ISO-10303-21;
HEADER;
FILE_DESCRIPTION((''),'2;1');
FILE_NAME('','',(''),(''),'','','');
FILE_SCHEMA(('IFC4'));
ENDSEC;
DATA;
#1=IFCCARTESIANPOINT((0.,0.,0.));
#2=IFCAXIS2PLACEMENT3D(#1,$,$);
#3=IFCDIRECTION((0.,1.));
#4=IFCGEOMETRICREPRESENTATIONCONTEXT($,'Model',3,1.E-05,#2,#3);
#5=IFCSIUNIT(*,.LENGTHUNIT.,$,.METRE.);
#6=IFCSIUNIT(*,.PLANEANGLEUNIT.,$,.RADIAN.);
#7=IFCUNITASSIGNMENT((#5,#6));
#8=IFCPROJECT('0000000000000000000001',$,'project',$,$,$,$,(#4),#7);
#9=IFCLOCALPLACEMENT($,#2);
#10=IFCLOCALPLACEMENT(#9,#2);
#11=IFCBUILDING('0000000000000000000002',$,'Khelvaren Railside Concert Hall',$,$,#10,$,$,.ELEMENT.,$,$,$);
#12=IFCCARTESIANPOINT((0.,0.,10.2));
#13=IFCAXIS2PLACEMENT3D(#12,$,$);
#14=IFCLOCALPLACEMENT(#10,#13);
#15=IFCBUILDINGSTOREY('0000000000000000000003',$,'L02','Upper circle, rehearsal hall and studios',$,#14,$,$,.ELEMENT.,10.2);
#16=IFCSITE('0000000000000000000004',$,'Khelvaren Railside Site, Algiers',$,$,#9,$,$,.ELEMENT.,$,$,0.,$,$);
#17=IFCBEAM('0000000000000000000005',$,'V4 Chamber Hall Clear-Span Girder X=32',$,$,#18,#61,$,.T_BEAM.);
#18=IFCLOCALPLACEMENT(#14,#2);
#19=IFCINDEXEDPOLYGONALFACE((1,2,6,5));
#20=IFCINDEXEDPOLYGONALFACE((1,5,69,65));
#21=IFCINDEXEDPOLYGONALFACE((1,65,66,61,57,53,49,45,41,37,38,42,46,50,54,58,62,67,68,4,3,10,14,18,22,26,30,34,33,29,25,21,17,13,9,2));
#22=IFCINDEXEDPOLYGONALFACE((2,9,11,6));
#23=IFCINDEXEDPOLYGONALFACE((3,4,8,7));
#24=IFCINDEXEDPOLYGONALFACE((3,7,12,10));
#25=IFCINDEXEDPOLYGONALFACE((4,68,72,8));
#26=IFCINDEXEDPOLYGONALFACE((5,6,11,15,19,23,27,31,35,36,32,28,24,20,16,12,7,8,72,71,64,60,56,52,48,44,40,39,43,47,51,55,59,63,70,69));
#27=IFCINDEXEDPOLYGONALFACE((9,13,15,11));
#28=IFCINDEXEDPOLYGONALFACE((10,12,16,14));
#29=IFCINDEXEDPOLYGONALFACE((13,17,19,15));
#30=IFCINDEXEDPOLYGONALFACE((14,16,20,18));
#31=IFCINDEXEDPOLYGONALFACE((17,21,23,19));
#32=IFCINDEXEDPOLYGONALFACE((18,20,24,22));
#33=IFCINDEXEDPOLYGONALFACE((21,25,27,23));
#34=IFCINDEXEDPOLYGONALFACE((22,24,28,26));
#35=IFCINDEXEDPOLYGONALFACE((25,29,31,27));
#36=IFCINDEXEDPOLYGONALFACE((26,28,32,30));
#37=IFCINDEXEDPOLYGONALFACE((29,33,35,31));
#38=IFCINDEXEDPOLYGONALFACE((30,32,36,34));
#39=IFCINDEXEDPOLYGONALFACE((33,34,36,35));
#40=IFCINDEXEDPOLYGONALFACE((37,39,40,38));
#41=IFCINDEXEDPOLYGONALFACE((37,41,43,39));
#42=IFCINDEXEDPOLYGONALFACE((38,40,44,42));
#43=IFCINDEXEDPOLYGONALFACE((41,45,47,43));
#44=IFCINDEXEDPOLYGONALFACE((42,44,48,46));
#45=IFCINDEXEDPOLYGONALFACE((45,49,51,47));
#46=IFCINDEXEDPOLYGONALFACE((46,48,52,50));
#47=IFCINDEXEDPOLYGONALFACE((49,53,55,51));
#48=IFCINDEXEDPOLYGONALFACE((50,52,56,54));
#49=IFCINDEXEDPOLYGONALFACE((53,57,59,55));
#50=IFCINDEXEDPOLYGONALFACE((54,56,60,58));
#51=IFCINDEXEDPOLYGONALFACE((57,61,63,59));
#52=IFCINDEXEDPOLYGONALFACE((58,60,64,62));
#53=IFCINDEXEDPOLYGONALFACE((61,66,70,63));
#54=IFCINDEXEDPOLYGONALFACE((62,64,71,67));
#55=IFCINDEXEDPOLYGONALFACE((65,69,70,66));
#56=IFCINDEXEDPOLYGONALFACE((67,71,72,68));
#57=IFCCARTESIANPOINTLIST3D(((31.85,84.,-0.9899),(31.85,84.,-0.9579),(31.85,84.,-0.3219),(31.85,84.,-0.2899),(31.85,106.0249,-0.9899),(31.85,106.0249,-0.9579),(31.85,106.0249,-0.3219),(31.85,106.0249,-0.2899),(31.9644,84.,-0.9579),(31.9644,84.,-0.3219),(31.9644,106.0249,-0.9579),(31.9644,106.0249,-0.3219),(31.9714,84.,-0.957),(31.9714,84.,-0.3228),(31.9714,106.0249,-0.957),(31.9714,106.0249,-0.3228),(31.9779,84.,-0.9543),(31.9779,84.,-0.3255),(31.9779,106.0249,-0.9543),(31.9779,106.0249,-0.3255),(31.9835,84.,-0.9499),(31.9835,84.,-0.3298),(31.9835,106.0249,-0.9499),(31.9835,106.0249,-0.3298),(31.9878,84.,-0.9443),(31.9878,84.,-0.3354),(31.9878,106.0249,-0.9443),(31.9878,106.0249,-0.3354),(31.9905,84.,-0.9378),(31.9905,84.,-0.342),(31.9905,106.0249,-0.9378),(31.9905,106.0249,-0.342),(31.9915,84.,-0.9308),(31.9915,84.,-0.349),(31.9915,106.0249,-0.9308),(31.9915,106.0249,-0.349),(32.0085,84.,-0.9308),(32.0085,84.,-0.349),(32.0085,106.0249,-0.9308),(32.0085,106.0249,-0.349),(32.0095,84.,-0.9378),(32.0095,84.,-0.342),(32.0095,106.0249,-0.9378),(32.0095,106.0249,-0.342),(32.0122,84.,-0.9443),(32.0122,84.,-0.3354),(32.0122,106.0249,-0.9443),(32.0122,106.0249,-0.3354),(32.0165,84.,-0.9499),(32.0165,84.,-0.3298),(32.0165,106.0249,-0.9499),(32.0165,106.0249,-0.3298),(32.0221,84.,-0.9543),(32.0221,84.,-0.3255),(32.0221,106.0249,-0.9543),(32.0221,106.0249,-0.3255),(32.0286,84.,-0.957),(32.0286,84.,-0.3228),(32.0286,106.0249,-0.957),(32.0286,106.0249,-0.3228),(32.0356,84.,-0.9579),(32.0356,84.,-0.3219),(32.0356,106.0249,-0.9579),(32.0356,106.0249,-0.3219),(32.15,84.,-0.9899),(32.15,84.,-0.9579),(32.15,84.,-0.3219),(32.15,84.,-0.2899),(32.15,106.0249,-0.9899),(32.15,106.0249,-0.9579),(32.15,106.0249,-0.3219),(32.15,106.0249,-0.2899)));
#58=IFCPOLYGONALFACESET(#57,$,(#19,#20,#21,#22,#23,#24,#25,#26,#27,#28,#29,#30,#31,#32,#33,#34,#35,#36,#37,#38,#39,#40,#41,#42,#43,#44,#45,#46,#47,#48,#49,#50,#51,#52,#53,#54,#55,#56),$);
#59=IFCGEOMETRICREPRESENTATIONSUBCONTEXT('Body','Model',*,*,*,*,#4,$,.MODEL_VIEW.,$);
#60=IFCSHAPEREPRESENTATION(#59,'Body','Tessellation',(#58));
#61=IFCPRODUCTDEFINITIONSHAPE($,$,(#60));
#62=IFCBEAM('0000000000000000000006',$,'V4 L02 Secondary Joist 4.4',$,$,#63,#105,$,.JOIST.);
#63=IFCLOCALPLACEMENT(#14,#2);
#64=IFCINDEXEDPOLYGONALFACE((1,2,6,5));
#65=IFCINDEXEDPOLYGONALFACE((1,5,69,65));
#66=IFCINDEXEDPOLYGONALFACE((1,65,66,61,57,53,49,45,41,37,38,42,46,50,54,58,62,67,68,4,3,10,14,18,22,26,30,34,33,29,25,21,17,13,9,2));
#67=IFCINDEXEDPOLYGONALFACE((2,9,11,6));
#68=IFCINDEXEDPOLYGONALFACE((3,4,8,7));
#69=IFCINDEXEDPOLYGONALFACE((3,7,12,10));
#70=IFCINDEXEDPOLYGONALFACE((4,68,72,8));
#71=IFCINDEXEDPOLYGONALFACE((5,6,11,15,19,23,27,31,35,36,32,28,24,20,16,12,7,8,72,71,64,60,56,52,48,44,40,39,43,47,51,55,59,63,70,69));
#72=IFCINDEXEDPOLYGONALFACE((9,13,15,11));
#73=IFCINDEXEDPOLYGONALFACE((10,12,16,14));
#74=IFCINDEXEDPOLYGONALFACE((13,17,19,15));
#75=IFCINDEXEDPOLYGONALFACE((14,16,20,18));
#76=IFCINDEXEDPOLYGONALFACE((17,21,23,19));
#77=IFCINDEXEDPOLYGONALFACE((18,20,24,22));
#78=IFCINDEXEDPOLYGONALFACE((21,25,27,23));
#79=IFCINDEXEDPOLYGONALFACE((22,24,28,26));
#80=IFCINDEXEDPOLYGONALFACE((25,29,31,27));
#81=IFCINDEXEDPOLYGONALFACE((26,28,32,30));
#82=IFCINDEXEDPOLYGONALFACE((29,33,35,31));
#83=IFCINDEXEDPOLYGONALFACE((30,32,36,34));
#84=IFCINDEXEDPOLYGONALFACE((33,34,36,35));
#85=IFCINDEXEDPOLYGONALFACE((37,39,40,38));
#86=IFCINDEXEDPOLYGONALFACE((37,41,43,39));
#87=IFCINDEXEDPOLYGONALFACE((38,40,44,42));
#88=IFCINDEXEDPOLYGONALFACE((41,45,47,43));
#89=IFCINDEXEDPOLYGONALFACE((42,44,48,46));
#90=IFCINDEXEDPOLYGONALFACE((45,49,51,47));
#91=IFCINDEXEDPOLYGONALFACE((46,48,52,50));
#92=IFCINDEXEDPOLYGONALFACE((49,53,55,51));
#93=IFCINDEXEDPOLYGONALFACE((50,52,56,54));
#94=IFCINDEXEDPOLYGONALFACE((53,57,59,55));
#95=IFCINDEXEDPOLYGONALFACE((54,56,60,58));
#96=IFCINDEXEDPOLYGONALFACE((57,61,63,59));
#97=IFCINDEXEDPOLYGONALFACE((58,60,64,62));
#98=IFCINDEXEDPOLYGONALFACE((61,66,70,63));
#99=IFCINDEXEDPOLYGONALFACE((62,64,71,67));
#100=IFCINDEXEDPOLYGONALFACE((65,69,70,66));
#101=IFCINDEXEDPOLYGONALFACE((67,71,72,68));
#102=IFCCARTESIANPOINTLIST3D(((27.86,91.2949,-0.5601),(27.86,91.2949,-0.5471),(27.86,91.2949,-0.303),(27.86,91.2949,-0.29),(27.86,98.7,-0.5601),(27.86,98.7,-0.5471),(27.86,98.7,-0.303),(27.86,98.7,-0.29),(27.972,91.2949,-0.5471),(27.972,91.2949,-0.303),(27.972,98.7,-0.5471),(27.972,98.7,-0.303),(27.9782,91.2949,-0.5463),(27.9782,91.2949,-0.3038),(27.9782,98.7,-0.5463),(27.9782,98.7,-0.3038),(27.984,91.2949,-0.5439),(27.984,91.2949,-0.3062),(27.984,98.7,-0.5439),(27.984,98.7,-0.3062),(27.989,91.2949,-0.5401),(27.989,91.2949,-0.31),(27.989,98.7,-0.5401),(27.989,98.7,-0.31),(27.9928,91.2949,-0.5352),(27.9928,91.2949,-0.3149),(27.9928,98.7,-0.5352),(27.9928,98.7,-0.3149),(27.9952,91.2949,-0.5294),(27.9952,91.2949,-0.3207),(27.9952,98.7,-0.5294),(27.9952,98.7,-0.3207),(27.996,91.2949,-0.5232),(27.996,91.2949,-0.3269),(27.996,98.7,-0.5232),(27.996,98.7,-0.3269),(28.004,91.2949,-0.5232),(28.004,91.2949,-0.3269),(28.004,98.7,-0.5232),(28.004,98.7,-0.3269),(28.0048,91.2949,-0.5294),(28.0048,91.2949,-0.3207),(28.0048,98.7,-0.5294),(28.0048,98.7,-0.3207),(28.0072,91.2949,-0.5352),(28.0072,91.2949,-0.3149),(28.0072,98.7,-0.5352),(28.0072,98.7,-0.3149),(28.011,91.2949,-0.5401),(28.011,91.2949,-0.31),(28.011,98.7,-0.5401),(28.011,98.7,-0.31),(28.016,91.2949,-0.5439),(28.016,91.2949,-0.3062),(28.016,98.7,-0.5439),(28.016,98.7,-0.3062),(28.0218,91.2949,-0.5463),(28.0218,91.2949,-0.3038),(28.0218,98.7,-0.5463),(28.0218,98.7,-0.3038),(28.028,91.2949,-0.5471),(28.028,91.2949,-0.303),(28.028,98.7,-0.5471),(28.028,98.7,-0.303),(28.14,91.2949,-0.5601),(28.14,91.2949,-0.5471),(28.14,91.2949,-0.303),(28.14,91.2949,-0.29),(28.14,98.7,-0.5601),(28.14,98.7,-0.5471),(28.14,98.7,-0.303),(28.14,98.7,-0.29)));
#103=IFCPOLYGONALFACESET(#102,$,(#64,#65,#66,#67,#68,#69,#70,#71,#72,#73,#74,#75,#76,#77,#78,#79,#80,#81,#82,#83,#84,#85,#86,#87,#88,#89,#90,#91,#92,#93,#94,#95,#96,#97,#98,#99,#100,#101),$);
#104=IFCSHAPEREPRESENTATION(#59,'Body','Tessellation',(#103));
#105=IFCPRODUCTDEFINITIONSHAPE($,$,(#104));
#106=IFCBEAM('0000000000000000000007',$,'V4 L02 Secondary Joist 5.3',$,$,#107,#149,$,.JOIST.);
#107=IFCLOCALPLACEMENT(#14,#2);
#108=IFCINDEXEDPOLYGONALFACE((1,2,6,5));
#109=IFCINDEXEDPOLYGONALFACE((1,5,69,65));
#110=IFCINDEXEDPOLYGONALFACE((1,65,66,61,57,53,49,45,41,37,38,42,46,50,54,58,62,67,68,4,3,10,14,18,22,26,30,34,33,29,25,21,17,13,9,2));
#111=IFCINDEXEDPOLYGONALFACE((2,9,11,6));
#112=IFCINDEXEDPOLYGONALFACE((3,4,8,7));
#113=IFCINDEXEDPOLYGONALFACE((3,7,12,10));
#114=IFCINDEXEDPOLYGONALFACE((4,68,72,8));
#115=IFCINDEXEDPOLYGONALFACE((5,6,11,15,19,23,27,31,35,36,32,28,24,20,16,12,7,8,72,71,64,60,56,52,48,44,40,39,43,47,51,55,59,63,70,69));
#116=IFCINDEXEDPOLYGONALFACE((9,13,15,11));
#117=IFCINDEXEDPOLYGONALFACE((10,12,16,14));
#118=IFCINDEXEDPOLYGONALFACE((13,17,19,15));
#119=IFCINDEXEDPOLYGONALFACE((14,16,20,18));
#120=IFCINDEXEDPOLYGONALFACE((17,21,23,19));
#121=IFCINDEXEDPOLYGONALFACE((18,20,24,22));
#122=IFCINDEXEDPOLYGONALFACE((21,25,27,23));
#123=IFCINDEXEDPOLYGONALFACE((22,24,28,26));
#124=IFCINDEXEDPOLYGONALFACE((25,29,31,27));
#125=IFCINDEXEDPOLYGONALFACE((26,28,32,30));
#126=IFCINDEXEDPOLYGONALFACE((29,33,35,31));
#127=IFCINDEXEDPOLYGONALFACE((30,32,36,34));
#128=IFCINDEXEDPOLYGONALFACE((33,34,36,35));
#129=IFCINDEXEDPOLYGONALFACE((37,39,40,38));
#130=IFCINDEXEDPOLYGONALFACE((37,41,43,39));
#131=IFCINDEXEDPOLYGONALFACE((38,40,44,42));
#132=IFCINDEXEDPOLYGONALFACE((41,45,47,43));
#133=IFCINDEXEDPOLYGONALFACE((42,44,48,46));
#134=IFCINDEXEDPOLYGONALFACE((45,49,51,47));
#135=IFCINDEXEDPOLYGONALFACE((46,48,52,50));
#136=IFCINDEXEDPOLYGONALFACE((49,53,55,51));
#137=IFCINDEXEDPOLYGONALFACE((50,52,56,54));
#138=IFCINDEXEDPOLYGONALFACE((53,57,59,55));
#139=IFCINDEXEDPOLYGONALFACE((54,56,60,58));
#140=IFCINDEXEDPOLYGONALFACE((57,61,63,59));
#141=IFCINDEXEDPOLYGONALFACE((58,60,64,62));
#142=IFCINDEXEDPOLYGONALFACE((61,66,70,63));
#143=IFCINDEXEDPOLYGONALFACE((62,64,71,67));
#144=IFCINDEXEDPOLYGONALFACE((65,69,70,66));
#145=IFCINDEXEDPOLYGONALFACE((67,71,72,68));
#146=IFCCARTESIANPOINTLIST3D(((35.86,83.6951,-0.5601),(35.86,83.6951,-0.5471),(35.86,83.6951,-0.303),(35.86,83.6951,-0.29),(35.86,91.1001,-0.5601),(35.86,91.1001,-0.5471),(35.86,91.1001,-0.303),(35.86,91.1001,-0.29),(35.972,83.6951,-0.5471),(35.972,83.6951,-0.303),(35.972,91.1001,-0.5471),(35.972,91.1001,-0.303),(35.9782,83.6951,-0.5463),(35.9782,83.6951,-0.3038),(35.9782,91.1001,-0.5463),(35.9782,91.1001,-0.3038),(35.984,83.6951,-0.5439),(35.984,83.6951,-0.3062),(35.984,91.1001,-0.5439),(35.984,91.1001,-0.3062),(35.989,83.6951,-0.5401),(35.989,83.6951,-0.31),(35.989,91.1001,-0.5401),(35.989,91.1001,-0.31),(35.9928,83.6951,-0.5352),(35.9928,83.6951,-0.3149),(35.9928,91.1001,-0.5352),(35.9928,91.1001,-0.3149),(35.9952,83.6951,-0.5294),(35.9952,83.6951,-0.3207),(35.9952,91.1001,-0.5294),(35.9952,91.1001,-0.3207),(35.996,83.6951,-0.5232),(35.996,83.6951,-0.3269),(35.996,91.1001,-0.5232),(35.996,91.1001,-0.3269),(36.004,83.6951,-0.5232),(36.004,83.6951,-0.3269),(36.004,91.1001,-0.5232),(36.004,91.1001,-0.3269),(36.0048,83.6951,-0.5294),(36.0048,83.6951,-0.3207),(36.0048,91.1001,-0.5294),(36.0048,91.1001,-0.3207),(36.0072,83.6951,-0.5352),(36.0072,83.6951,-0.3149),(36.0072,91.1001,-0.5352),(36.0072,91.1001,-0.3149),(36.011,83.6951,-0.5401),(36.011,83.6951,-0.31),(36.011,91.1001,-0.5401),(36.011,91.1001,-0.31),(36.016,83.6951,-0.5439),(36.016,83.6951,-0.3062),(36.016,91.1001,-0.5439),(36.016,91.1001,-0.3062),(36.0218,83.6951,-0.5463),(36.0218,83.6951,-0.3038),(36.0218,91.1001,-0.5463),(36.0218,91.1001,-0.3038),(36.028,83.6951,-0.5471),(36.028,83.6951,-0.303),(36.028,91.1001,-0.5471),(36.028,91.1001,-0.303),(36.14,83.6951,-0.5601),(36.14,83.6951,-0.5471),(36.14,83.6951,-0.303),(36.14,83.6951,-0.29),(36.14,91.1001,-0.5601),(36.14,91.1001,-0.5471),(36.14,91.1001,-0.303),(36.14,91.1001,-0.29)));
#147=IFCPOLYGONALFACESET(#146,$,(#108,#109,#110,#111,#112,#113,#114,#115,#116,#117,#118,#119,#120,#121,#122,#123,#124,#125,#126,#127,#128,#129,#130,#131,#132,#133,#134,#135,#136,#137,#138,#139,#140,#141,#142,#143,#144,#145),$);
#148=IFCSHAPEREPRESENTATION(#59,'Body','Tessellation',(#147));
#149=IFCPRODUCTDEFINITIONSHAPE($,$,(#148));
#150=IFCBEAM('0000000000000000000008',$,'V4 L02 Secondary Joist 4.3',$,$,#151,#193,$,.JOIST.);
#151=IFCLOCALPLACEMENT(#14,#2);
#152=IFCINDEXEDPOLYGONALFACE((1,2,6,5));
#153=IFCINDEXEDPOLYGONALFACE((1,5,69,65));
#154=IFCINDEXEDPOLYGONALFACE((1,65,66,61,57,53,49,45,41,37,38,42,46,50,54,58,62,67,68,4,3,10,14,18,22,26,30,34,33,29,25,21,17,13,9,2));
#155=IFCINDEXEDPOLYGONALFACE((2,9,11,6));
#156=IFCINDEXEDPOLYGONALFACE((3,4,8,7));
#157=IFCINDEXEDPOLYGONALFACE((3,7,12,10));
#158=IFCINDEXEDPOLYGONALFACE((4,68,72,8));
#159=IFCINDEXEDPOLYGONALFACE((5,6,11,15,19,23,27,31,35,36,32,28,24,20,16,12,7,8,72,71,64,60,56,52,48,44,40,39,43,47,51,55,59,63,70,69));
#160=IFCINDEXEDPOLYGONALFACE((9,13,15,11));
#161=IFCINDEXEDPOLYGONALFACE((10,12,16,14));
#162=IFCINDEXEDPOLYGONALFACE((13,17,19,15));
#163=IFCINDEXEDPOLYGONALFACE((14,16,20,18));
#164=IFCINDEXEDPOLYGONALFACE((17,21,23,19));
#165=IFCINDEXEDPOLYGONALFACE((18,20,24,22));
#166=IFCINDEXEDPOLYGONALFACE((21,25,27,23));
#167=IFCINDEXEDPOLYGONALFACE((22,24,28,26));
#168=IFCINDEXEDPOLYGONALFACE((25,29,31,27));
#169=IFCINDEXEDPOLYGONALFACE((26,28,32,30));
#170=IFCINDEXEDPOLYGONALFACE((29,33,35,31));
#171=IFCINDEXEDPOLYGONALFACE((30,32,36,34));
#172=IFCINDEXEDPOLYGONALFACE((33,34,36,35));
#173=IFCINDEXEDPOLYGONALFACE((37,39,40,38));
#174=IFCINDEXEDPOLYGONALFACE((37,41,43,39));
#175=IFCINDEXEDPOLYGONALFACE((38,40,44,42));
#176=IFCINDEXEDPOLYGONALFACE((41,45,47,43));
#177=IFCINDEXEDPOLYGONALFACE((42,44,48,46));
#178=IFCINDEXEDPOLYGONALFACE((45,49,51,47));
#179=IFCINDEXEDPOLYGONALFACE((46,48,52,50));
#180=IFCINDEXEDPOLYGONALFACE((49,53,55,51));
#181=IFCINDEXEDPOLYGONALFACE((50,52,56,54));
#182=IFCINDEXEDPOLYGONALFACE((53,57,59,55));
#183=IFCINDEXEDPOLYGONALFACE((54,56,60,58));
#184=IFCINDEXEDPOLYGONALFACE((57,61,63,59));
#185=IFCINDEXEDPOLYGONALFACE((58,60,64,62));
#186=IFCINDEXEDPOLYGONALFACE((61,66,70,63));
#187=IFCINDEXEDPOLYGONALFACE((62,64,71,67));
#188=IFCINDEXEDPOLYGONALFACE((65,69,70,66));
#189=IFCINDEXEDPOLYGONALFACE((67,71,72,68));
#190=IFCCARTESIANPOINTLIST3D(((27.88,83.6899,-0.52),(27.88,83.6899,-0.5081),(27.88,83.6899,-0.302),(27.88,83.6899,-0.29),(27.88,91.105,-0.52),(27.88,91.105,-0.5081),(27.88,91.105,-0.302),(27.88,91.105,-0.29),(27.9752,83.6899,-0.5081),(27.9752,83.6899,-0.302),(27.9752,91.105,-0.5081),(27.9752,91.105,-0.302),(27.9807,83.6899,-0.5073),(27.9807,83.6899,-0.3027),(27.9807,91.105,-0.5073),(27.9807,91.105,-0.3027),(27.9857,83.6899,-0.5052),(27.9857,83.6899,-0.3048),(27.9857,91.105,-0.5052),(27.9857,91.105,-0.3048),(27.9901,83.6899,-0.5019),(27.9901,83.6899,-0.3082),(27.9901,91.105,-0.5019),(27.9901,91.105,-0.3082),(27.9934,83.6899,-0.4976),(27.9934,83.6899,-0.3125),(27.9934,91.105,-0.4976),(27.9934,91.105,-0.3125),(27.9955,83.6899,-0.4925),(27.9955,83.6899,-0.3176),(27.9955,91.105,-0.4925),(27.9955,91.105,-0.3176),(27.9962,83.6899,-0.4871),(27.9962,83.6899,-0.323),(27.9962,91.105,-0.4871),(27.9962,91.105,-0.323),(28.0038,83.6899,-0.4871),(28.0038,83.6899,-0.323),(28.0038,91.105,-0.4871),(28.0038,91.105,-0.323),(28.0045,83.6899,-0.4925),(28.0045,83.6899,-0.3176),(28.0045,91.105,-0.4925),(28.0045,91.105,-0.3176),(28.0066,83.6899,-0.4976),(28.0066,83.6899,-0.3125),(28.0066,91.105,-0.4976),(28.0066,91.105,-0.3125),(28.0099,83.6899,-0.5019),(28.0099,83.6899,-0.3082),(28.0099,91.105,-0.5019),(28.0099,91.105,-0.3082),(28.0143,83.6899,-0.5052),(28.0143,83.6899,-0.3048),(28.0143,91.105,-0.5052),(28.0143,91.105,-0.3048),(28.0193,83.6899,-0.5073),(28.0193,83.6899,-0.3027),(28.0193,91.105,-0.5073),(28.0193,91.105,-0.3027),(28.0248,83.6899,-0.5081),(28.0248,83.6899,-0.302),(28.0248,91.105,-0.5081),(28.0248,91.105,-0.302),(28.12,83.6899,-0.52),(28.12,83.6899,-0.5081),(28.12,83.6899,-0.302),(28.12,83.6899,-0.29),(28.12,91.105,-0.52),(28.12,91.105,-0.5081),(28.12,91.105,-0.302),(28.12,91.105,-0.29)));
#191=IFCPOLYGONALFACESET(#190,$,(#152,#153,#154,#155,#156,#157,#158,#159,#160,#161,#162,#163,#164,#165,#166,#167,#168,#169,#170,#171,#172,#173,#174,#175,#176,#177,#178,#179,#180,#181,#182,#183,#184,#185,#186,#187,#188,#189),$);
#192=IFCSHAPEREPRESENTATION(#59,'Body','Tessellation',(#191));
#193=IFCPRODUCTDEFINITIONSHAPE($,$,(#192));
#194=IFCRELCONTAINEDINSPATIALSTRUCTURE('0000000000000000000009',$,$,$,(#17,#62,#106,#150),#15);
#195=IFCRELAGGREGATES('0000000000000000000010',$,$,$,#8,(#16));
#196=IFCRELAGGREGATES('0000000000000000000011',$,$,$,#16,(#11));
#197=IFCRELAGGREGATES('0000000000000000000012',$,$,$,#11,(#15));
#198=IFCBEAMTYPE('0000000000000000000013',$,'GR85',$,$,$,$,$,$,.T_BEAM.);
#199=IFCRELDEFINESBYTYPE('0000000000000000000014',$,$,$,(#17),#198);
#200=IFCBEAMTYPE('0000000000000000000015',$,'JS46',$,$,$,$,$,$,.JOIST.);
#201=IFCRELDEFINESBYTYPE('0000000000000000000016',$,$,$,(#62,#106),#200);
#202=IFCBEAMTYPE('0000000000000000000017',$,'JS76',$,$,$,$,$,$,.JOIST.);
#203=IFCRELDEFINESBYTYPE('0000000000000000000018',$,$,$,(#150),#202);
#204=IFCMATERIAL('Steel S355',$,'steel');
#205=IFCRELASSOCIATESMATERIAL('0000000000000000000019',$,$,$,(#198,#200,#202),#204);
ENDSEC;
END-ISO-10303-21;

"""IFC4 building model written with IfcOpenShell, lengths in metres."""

from ifc_helpers import new_model, si_unit, direction, frame, origin, origin_2d, place, context, subcontext, project, spatial, i_section, extrude, material, material_profile, profile_set, type_object, element, save


model = new_model("IFC4")

# Units and contexts
model_context = context("Model", 3, precision=1e-05, world=origin(), true_north=direction((0.0, 1.0)))
body_context = subcontext(model_context, "Body", "Model", "MODEL_VIEW")
ifc_project = project(units=[si_unit("LENGTHUNIT", "METRE"), si_unit("PLANEANGLEUNIT", "RADIAN")], contexts=[model_context])

# Site, building, storey
site_placement = place(None, origin())
site = spatial("IfcSite", under=ifc_project, at=site_placement, Name="Khelvaren Railside Site, Algiers", CompositionType="ELEMENT", RefElevation=0.0)
building_placement = place(site_placement, origin())
building = spatial("IfcBuilding", under=site, at=building_placement, Name="Khelvaren Railside Concert Hall", CompositionType="ELEMENT")
storey_placement = place(building_placement, frame((0.0, 0.0, 10.2)))
storey = spatial("IfcBuildingStorey", under=building, at=storey_placement, Name="L02", Description="Upper circle, rehearsal hall and studios", CompositionType="ELEMENT", Elevation=10.2)

# Beams
ifc_material_1 = material(Name="Steel S355", Category="steel")
ifc_material_profile_1 = material_profile(ifc_material_1, i_section(OverallWidth=0.3, OverallDepth=0.7, WebThickness=0.0171, FlangeThickness=0.032, FilletRadius=0.0271, at=origin_2d()), Name="HEB 700")
ifc_profile_set_1 = profile_set([ifc_material_profile_1], Name="Steel S355")
beam_type_1 = type_object("IfcBeamType", Name="GR85", PredefinedType="T_BEAM", material=ifc_profile_set_1)
beam_1_placement = place(storey_placement, frame((32.0, 84.0, -0.6399), z_axis=(0.0, 1.0, 0.0), x_axis=(-1.0, 0.0, 0.0)))
element("IfcBeam", 1, at=beam_1_placement, inside=storey, type_object=beam_type_1, Name="V4 Chamber Hall Clear-Span Girder X=32", PredefinedType="T_BEAM", context=body_context, shape_type="SweptSolid", body=[
    extrude(i_section(OverallWidth=0.3, OverallDepth=0.7, WebThickness=0.0171, FlangeThickness=0.032, FilletRadius=0.0271, at=origin_2d()), origin(), (0.0, 0.0, 1.0), 22.0249),
])
ifc_material_profile_2 = material_profile(ifc_material_1, i_section(OverallWidth=0.28, OverallDepth=0.27, WebThickness=0.0081, FlangeThickness=0.0129, FilletRadius=0.0239, at=origin_2d()), Name="HEA 280")
ifc_profile_set_2 = profile_set([ifc_material_profile_2], Name="Steel S355")
beam_type_2 = type_object("IfcBeamType", Name="JS46", PredefinedType="JOIST", material=ifc_profile_set_2)
for number, where, z_axis, x_axis, name in (
    (2, (28.0, 91.2949, -0.425), (0.0, 1.0, 0.0), (-1.0, 0.0, 0.0), "V4 L02 Secondary Joist 4.4"),
    (3, (36.0, 83.6951, -0.425), (0.0, 1.0, 0.0), (-1.0, 0.0, 0.0), "V4 L02 Secondary Joist 5.3"),
):
    element("IfcBeam", number, at=place(storey_placement, frame(where, z_axis=z_axis, x_axis=x_axis)), inside=storey, type_object=beam_type_2, Name=name, PredefinedType="JOIST", context=body_context, shape_type="SweptSolid", body=[
        extrude(i_section(OverallWidth=0.28, OverallDepth=0.27, WebThickness=0.0081, FlangeThickness=0.0129, FilletRadius=0.0239, at=origin_2d()), origin(), (0.0, 0.0, 1.0), 7.405),
    ])
ifc_material_profile_3 = material_profile(ifc_material_1, i_section(OverallWidth=0.24, OverallDepth=0.23, WebThickness=0.0076, FlangeThickness=0.012, FilletRadius=0.021, at=origin_2d()), Name="HEA 240")
ifc_profile_set_3 = profile_set([ifc_material_profile_3], Name="Steel S355")
beam_type_3 = type_object("IfcBeamType", Name="JS76", PredefinedType="JOIST", material=ifc_profile_set_3)
beam_2_placement = place(storey_placement, frame((28.0, 83.6899, -0.405), z_axis=(0.0, 1.0, 0.0), x_axis=(-1.0, 0.0, 0.0)))
element("IfcBeam", 4, at=beam_2_placement, inside=storey, type_object=beam_type_3, Name="V4 L02 Secondary Joist 4.3", PredefinedType="JOIST", context=body_context, shape_type="SweptSolid", body=[
    extrude(i_section(OverallWidth=0.24, OverallDepth=0.23, WebThickness=0.0076, FlangeThickness=0.012, FilletRadius=0.021, at=origin_2d()), origin(), (0.0, 0.0, 1.0), 7.415),
])

save(model, "model.ifc")
